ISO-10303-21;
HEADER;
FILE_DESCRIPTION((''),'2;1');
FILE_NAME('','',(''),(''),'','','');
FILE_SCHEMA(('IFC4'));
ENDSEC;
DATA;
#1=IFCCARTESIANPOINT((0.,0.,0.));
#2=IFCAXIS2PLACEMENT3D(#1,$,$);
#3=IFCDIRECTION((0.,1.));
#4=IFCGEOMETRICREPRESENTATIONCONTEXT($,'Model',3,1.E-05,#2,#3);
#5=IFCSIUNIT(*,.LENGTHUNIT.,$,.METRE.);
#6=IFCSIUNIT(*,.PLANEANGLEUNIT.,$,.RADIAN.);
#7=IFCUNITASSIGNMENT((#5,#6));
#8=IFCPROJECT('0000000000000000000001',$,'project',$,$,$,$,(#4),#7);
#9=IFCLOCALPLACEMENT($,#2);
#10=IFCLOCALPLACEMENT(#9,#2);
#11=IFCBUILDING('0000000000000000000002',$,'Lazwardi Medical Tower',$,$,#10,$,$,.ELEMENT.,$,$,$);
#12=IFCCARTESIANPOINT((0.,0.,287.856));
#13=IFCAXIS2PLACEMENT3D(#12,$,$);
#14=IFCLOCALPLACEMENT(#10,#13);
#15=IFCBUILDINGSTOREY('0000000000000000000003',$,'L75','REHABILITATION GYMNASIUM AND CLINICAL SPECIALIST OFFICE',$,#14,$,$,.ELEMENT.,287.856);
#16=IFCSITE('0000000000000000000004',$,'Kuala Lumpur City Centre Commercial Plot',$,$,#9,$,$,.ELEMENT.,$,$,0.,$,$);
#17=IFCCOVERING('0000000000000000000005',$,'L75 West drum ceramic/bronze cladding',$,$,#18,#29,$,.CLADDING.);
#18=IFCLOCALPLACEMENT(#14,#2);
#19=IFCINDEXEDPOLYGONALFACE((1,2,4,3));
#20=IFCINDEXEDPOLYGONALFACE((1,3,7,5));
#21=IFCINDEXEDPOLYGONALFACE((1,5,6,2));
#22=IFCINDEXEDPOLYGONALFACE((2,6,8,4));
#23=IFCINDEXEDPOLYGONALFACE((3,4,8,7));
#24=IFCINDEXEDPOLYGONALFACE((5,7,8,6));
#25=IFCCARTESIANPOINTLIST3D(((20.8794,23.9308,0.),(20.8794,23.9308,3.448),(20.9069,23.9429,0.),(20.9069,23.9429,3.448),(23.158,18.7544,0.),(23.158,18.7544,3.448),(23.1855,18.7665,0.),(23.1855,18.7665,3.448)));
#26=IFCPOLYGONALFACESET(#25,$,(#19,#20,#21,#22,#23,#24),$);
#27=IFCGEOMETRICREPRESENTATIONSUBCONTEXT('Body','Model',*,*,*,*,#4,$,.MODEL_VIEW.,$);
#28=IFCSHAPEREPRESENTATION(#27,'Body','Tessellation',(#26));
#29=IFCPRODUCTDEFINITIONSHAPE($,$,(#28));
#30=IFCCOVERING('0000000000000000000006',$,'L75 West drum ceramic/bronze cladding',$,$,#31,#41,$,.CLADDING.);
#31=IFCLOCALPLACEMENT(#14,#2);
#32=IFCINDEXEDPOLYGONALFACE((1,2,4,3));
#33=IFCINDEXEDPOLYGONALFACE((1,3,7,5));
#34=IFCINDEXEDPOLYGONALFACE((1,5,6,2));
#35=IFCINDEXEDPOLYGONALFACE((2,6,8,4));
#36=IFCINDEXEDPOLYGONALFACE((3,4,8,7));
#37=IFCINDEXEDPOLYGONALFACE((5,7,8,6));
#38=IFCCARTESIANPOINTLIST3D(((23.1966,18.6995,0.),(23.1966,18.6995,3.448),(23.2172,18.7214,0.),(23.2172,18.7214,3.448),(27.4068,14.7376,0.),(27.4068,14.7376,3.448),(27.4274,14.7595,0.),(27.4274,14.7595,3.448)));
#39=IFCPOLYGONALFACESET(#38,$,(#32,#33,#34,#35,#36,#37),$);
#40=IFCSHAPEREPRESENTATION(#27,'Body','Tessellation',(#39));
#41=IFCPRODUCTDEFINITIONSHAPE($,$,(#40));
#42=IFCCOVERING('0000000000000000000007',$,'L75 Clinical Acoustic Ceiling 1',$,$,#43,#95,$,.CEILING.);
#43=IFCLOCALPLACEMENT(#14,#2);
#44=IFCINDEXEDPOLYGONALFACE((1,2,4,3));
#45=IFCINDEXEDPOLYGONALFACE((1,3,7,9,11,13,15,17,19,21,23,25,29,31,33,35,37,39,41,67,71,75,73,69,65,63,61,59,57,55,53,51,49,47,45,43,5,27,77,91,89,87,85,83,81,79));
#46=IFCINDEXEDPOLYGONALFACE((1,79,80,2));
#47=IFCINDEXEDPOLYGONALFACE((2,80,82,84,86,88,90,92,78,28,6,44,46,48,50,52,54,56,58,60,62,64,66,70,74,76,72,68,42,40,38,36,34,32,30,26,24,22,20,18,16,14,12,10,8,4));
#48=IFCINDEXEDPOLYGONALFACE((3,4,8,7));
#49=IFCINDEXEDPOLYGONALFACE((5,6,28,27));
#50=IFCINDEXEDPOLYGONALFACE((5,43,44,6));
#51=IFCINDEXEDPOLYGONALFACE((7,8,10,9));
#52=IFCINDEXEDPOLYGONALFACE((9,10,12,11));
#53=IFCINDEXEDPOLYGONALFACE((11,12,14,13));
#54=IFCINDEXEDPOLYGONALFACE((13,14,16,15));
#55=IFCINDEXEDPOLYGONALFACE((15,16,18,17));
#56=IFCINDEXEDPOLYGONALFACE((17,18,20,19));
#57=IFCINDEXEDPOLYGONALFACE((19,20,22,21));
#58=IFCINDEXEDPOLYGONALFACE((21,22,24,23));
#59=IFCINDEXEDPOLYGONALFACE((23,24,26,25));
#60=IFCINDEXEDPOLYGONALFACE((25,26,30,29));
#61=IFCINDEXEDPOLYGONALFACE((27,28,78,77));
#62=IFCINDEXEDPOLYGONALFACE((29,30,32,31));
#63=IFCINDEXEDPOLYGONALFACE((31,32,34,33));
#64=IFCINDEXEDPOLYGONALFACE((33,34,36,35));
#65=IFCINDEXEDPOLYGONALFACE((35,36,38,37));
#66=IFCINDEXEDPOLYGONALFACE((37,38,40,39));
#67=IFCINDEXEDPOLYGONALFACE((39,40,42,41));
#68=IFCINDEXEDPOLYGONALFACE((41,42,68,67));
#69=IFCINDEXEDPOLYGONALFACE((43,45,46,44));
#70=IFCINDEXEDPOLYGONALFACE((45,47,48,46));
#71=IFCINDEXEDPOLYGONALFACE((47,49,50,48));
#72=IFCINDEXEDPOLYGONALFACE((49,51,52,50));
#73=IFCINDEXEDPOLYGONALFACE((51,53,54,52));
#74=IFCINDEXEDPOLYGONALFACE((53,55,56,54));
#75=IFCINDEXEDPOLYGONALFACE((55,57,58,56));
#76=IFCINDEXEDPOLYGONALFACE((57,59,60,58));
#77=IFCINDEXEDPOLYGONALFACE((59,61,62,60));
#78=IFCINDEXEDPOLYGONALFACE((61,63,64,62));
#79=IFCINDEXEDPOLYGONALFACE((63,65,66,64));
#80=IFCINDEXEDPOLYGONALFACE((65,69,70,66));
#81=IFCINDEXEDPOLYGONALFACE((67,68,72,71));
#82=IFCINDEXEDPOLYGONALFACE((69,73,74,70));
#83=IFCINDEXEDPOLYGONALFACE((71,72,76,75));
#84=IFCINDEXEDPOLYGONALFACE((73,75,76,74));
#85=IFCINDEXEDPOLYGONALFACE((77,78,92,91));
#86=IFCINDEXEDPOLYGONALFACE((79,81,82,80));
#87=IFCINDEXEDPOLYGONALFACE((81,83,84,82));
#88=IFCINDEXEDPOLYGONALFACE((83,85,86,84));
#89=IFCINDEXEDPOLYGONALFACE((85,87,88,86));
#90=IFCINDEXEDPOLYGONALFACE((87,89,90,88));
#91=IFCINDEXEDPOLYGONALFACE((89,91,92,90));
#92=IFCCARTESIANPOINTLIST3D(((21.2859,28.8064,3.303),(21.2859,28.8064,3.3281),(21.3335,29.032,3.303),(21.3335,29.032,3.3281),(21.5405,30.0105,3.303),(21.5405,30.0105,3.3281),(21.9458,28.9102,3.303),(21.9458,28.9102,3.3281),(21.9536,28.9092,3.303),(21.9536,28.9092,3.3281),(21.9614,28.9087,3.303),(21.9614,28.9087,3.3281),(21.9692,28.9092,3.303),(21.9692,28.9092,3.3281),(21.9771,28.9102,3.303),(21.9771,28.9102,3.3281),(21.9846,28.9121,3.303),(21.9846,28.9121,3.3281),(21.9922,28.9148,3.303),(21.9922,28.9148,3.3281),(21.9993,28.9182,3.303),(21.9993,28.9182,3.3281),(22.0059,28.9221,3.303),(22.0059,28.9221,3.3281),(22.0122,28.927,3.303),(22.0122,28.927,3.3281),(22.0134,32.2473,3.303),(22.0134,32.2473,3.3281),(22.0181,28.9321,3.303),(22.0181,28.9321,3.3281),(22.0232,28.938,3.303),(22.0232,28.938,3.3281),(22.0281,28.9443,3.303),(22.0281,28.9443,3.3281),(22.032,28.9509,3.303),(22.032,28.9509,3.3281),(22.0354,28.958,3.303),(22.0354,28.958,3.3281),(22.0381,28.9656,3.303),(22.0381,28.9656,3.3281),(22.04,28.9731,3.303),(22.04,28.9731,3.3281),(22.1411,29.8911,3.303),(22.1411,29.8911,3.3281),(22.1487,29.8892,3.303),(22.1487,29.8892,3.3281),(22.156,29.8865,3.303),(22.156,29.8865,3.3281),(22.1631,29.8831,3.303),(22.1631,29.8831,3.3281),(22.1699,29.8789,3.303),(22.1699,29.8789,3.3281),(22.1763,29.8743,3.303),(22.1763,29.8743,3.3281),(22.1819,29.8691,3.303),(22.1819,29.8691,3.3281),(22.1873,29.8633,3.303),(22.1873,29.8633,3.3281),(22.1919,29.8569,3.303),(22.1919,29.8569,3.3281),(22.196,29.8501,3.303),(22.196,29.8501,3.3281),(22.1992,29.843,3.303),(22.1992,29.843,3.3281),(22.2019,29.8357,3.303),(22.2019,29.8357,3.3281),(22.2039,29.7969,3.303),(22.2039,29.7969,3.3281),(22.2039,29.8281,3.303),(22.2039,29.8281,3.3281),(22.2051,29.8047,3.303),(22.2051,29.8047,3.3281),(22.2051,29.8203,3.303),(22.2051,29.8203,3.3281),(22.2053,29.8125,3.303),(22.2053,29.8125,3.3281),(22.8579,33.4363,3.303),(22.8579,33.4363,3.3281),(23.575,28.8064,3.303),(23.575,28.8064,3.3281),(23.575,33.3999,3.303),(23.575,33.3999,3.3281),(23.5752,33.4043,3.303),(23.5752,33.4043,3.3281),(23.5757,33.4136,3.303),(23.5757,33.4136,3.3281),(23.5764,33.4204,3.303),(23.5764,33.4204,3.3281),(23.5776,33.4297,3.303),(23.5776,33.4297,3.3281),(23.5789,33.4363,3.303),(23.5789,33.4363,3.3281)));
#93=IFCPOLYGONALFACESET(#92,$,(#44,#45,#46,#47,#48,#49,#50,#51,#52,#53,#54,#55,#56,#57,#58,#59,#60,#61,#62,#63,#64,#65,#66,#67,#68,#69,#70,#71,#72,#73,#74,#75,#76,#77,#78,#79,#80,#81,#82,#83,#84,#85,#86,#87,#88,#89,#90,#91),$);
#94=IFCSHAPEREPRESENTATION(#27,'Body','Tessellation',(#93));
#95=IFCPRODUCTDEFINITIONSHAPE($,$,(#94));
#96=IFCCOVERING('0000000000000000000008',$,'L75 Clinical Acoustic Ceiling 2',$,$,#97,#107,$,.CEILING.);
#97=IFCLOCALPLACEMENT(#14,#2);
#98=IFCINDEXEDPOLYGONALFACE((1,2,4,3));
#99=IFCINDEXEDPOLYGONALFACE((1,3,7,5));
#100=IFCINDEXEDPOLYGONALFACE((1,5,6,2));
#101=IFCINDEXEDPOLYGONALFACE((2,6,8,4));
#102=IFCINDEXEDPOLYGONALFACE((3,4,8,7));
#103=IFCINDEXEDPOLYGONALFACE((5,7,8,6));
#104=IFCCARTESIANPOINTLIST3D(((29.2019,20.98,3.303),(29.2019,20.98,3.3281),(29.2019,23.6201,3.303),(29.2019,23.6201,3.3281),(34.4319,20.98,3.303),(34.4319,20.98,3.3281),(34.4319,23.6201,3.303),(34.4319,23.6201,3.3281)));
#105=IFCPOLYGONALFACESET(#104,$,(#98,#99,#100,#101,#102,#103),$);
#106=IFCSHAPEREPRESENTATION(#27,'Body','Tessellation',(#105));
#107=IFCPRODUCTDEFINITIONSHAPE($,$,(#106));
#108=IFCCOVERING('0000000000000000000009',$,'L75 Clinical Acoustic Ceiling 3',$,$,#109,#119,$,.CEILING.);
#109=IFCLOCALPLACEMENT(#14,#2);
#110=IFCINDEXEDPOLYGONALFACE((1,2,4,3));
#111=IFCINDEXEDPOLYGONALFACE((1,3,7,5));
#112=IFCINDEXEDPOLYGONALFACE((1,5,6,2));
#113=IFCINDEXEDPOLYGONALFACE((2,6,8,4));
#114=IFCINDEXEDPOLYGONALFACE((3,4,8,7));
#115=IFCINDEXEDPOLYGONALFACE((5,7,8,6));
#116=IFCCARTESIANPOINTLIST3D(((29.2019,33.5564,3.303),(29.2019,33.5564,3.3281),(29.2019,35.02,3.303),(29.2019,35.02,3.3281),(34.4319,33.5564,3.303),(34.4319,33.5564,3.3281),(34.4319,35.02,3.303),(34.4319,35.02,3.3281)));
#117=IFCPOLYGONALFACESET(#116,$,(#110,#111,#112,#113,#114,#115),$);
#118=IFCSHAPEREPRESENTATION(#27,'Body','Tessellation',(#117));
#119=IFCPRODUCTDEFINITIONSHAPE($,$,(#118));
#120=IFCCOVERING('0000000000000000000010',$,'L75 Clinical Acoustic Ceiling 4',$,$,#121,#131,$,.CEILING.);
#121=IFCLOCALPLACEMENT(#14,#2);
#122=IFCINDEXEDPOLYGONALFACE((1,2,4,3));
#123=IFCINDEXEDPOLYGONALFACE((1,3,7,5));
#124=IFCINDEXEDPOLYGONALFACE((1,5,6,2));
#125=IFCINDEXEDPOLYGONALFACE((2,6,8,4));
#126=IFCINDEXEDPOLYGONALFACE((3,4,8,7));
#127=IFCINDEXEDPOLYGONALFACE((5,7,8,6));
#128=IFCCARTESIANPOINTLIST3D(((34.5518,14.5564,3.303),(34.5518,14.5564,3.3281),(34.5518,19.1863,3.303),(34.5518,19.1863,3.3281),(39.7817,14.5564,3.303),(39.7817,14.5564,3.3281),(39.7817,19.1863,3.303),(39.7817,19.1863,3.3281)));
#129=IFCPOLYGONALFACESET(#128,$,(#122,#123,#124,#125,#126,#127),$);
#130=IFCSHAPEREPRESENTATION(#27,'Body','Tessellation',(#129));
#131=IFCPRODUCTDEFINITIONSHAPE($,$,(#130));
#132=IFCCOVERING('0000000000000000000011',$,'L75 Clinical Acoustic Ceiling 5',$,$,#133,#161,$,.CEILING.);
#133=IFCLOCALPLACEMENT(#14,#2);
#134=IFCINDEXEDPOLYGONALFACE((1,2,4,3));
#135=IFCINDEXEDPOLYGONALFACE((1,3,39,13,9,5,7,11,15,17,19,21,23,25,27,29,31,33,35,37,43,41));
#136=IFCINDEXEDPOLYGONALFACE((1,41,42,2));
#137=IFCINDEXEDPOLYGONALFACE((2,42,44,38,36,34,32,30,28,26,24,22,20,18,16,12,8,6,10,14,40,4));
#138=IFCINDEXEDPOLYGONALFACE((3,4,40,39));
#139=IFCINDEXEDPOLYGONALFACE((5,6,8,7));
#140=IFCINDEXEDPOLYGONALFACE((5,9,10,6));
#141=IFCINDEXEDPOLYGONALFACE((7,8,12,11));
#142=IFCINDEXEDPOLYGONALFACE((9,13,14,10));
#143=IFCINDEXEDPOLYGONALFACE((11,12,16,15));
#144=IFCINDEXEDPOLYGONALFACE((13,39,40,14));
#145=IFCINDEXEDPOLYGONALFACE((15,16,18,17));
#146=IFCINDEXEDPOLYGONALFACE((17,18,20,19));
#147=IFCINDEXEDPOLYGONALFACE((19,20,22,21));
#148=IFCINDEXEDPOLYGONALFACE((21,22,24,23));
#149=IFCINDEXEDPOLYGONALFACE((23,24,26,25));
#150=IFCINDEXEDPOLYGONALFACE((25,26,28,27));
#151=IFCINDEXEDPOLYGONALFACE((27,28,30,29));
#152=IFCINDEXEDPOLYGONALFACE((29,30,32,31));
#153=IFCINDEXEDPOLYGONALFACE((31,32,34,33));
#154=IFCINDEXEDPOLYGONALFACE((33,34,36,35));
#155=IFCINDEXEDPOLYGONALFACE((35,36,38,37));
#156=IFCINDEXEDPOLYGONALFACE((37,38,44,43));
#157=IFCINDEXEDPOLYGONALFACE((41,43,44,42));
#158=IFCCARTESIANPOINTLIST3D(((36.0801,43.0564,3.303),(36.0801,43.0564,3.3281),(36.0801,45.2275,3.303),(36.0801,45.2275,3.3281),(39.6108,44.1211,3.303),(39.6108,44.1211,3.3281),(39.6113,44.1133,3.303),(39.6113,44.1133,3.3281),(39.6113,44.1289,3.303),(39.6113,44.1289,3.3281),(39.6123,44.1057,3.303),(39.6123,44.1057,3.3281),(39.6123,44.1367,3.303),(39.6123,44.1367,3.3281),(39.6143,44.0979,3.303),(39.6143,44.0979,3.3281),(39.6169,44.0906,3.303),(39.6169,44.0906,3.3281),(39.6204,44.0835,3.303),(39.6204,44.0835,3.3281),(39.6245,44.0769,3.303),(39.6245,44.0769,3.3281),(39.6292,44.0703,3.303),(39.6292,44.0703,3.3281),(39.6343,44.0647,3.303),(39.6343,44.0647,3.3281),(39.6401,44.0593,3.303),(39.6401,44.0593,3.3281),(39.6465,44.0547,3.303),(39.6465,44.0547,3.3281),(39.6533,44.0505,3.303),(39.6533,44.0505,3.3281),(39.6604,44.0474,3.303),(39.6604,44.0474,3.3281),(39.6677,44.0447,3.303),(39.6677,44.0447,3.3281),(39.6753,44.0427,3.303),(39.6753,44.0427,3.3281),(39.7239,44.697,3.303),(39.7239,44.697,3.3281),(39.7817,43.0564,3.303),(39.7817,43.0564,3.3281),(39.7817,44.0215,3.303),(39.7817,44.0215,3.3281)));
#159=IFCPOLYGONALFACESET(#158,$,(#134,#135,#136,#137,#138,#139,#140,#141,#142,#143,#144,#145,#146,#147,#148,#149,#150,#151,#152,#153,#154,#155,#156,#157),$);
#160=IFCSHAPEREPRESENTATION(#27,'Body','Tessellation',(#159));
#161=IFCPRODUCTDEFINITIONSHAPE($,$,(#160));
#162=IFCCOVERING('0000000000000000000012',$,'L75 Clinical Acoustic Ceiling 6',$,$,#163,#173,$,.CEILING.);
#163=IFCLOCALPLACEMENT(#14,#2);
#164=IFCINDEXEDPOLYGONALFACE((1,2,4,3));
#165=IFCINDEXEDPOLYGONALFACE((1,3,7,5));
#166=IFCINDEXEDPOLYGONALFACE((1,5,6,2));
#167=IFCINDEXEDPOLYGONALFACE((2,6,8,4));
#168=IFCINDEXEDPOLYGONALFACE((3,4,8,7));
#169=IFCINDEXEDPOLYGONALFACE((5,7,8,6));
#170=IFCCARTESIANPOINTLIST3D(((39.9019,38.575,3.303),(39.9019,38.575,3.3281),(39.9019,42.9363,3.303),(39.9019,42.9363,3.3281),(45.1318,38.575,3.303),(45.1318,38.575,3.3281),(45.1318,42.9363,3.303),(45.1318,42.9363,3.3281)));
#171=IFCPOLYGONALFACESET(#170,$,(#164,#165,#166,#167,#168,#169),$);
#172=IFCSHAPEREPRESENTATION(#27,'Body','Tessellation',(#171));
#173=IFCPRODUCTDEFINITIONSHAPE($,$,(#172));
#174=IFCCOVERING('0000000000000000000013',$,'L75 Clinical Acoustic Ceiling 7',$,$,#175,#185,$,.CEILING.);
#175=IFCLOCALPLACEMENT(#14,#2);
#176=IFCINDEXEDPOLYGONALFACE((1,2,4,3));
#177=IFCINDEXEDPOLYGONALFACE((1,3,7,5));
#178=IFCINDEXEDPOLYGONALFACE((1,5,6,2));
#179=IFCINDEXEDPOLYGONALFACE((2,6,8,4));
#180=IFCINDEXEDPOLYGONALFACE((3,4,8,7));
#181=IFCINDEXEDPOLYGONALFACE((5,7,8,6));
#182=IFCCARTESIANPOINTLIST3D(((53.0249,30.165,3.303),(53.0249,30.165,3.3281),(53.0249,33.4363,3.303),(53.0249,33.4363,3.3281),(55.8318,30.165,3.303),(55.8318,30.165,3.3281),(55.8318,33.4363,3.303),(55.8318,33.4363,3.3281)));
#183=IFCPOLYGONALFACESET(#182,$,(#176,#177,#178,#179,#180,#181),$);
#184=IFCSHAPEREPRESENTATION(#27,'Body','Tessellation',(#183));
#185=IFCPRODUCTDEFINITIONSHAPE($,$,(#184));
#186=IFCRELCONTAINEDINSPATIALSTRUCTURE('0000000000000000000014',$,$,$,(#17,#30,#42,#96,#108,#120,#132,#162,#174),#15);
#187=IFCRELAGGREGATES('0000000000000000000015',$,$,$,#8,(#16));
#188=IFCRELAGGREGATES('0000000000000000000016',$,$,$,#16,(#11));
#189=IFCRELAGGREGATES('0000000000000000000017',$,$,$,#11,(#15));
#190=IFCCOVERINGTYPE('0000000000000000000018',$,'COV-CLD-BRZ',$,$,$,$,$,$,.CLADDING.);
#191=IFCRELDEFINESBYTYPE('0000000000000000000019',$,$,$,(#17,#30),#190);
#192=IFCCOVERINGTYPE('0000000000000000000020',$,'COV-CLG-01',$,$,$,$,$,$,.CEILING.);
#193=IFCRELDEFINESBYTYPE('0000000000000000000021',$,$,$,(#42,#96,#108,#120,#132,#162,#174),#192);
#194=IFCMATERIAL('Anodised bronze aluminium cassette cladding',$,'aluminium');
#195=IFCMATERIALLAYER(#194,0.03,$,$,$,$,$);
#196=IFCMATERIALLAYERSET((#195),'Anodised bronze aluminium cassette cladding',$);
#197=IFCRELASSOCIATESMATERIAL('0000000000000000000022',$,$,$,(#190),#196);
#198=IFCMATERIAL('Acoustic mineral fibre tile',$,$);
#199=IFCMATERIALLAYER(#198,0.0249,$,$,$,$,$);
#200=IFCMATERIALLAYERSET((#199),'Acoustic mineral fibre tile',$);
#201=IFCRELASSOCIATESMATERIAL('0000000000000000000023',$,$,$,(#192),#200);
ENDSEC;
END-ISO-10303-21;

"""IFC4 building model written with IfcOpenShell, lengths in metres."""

from ifc_helpers import new_model, si_unit, direction, frame, origin, origin_2d, place, context, subcontext, project, spatial, polyline, rectangle, outline, extrude, material, layer, layer_set, type_object, element, save


model = new_model("IFC4")

# Units and contexts
model_context = context("Model", 3, precision=1e-05, world=origin(), true_north=direction((0.0, 1.0)))
body_context = subcontext(model_context, "Body", "Model", "MODEL_VIEW")
ifc_project = project(units=[si_unit("LENGTHUNIT", "METRE"), si_unit("PLANEANGLEUNIT", "RADIAN")], contexts=[model_context])

# Site, building, storey
site_placement = place(None, origin())
site = spatial("IfcSite", under=ifc_project, at=site_placement, Name="Kuala Lumpur City Centre Commercial Plot", CompositionType="ELEMENT", RefElevation=0.0)
building_placement = place(site_placement, origin())
building = spatial("IfcBuilding", under=site, at=building_placement, Name="Lazwardi Medical Tower", CompositionType="ELEMENT")
storey_placement = place(building_placement, frame((0.0, 0.0, 287.856)))
storey = spatial("IfcBuildingStorey", under=building, at=storey_placement, Name="L75", Description="REHABILITATION GYMNASIUM AND CLINICAL SPECIALIST OFFICE", CompositionType="ELEMENT", Elevation=287.856)

# Coverings
ifc_material_1 = material(Name="Anodised bronze aluminium cassette cladding", Category="aluminium")
ifc_layer_1 = layer(ifc_material_1, 0.03)
ifc_layer_set_1 = layer_set([ifc_layer_1], Name="Anodised bronze aluminium cassette cladding")
covering_type_1 = type_object("IfcCoveringType", Name="COV-CLD-BRZ", PredefinedType="CLADDING", material=ifc_layer_set_1)
covering_1_placement = place(storey_placement, frame((22.0325, 21.3486, 0.0), z_axis=(0.0, 0.0, 1.0), x_axis=(0.402878, -0.915254, 0.0)))
element("IfcCovering", 1, at=covering_1_placement, inside=storey, type_object=covering_type_1, Name="L75 West drum ceramic/bronze cladding", PredefinedType="CLADDING", context=body_context, shape_type="SweptSolid", body=[
    extrude(rectangle(XDim=5.6558, YDim=0.03, at=origin_2d()), origin(), (0.0, 0.0, 1.0), 3.448),
])
covering_2_placement = place(storey_placement, frame((25.312, 16.7295, 0.0), z_axis=(0.0, 0.0, 1.0), x_axis=(0.728255, -0.685306, 0.0)))
element("IfcCovering", 2, at=covering_2_placement, inside=storey, type_object=covering_type_1, Name="L75 West drum ceramic/bronze cladding", PredefinedType="CLADDING", context=body_context, shape_type="SweptSolid", body=[
    extrude(rectangle(XDim=5.7812, YDim=0.03, at=origin_2d()), origin(), (0.0, 0.0, 1.0), 3.448),
])
ifc_material_2 = material(Name="Acoustic mineral fibre tile")
ifc_layer_2 = layer(ifc_material_2, 0.0249)
ifc_layer_set_2 = layer_set([ifc_layer_2], Name="Acoustic mineral fibre tile")
covering_type_2 = type_object("IfcCoveringType", Name="COV-CLG-01", PredefinedType="CEILING", material=ifc_layer_set_2)
covering_3_placement = place(storey_placement, frame((0.0, 0.0, 3.303)))
element("IfcCovering", 3, at=covering_3_placement, inside=storey, type_object=covering_type_2, Name="L75 Clinical Acoustic Ceiling 1", PredefinedType="CEILING", context=body_context, shape_type="SweptSolid", body=[
    extrude(outline(polyline([(22.8579, 33.4363), (22.0134, 32.2473), (21.5405, 30.0105), (22.1411, 29.8911), (22.1487, 29.8892), (22.156, 29.8865), (22.1631, 29.8831), (22.1699, 29.8789), (22.1763, 29.8743), (22.1819, 29.8691), (22.1873, 29.8633), (22.1919, 29.8569), (22.196, 29.8501), (22.1992, 29.843), (22.2019, 29.8357), (22.2039, 29.8281), (22.2051, 29.8203), (22.2053, 29.8125), (22.2051, 29.8047), (22.2039, 29.7969), (22.04, 28.9731), (22.0381, 28.9656), (22.0354, 28.958), (22.032, 28.9509), (22.0281, 28.9443), (22.0232, 28.938), (22.0181, 28.9321), (22.0122, 28.927), (22.0059, 28.9221), (21.9993, 28.9182), (21.9922, 28.9148), (21.9846, 28.9121), (21.9771, 28.9102), (21.9692, 28.9092), (21.9614, 28.9087), (21.9536, 28.9092), (21.9458, 28.9102), (21.3335, 29.032), (21.2859, 28.8064), (23.575, 28.8064), (23.575, 33.3999), (23.5752, 33.4043), (23.5757, 33.4136), (23.5764, 33.4204), (23.5776, 33.4297), (23.5789, 33.4363), (22.8579, 33.4363)])), origin(), (0.0, 0.0, 1.0), 0.0251),
])
covering_4_placement = place(storey_placement, frame((0.0, 0.0, 3.303)))
element("IfcCovering", 4, at=covering_4_placement, inside=storey, type_object=covering_type_2, Name="L75 Clinical Acoustic Ceiling 2", PredefinedType="CEILING", context=body_context, shape_type="SweptSolid", body=[
    extrude(outline(polyline([(34.4319, 23.6201), (29.2019, 23.6201), (29.2019, 20.98), (34.4319, 20.98), (34.4319, 23.6201)])), origin(), (0.0, 0.0, 1.0), 0.0251),
])
covering_5_placement = place(storey_placement, frame((0.0, 0.0, 3.303)))
element("IfcCovering", 5, at=covering_5_placement, inside=storey, type_object=covering_type_2, Name="L75 Clinical Acoustic Ceiling 3", PredefinedType="CEILING", context=body_context, shape_type="SweptSolid", body=[
    extrude(outline(polyline([(34.4319, 35.02), (29.2019, 35.02), (29.2019, 33.5564), (34.4319, 33.5564), (34.4319, 35.02)])), origin(), (0.0, 0.0, 1.0), 0.0251),
])
covering_6_placement = place(storey_placement, frame((0.0, 0.0, 3.303)))
element("IfcCovering", 6, at=covering_6_placement, inside=storey, type_object=covering_type_2, Name="L75 Clinical Acoustic Ceiling 4", PredefinedType="CEILING", context=body_context, shape_type="SweptSolid", body=[
    extrude(outline(polyline([(39.7817, 14.5564), (39.7817, 19.1863), (34.5518, 19.1863), (34.5518, 14.5564), (39.7817, 14.5564)])), origin(), (0.0, 0.0, 1.0), 0.0251),
])
covering_7_placement = place(storey_placement, frame((0.0, 0.0, 3.303)))
element("IfcCovering", 7, at=covering_7_placement, inside=storey, type_object=covering_type_2, Name="L75 Clinical Acoustic Ceiling 5", PredefinedType="CEILING", context=body_context, shape_type="SweptSolid", body=[
    extrude(outline(polyline([(39.7817, 44.0215), (39.6753, 44.0427), (39.6677, 44.0447), (39.6604, 44.0474), (39.6533, 44.0505), (39.6465, 44.0547), (39.6401, 44.0593), (39.6343, 44.0647), (39.6292, 44.0703), (39.6245, 44.0769), (39.6204, 44.0835), (39.6169, 44.0906), (39.6143, 44.0979), (39.6123, 44.1057), (39.6113, 44.1133), (39.6108, 44.1211), (39.6113, 44.1289), (39.6123, 44.1367), (39.7239, 44.697), (36.0801, 45.2275), (36.0801, 43.0564), (39.7817, 43.0564), (39.7817, 44.0215)])), origin(), (0.0, 0.0, 1.0), 0.0251),
])
covering_8_placement = place(storey_placement, frame((0.0, 0.0, 3.303)))
element("IfcCovering", 8, at=covering_8_placement, inside=storey, type_object=covering_type_2, Name="L75 Clinical Acoustic Ceiling 6", PredefinedType="CEILING", context=body_context, shape_type="SweptSolid", body=[
    extrude(outline(polyline([(39.9019, 38.575), (45.1318, 38.575), (45.1318, 42.9363), (39.9019, 42.9363), (39.9019, 38.575)])), origin(), (0.0, 0.0, 1.0), 0.0251),
])
covering_9_placement = place(storey_placement, frame((0.0, 0.0, 3.303)))
element("IfcCovering", 9, at=covering_9_placement, inside=storey, type_object=covering_type_2, Name="L75 Clinical Acoustic Ceiling 7", PredefinedType="CEILING", context=body_context, shape_type="SweptSolid", body=[
    extrude(outline(polyline([(53.0249, 33.4363), (53.0249, 30.165), (55.8318, 30.165), (55.8318, 33.4363), (53.0249, 33.4363)])), origin(), (0.0, 0.0, 1.0), 0.0251),
])

save(model, "model.ifc")
